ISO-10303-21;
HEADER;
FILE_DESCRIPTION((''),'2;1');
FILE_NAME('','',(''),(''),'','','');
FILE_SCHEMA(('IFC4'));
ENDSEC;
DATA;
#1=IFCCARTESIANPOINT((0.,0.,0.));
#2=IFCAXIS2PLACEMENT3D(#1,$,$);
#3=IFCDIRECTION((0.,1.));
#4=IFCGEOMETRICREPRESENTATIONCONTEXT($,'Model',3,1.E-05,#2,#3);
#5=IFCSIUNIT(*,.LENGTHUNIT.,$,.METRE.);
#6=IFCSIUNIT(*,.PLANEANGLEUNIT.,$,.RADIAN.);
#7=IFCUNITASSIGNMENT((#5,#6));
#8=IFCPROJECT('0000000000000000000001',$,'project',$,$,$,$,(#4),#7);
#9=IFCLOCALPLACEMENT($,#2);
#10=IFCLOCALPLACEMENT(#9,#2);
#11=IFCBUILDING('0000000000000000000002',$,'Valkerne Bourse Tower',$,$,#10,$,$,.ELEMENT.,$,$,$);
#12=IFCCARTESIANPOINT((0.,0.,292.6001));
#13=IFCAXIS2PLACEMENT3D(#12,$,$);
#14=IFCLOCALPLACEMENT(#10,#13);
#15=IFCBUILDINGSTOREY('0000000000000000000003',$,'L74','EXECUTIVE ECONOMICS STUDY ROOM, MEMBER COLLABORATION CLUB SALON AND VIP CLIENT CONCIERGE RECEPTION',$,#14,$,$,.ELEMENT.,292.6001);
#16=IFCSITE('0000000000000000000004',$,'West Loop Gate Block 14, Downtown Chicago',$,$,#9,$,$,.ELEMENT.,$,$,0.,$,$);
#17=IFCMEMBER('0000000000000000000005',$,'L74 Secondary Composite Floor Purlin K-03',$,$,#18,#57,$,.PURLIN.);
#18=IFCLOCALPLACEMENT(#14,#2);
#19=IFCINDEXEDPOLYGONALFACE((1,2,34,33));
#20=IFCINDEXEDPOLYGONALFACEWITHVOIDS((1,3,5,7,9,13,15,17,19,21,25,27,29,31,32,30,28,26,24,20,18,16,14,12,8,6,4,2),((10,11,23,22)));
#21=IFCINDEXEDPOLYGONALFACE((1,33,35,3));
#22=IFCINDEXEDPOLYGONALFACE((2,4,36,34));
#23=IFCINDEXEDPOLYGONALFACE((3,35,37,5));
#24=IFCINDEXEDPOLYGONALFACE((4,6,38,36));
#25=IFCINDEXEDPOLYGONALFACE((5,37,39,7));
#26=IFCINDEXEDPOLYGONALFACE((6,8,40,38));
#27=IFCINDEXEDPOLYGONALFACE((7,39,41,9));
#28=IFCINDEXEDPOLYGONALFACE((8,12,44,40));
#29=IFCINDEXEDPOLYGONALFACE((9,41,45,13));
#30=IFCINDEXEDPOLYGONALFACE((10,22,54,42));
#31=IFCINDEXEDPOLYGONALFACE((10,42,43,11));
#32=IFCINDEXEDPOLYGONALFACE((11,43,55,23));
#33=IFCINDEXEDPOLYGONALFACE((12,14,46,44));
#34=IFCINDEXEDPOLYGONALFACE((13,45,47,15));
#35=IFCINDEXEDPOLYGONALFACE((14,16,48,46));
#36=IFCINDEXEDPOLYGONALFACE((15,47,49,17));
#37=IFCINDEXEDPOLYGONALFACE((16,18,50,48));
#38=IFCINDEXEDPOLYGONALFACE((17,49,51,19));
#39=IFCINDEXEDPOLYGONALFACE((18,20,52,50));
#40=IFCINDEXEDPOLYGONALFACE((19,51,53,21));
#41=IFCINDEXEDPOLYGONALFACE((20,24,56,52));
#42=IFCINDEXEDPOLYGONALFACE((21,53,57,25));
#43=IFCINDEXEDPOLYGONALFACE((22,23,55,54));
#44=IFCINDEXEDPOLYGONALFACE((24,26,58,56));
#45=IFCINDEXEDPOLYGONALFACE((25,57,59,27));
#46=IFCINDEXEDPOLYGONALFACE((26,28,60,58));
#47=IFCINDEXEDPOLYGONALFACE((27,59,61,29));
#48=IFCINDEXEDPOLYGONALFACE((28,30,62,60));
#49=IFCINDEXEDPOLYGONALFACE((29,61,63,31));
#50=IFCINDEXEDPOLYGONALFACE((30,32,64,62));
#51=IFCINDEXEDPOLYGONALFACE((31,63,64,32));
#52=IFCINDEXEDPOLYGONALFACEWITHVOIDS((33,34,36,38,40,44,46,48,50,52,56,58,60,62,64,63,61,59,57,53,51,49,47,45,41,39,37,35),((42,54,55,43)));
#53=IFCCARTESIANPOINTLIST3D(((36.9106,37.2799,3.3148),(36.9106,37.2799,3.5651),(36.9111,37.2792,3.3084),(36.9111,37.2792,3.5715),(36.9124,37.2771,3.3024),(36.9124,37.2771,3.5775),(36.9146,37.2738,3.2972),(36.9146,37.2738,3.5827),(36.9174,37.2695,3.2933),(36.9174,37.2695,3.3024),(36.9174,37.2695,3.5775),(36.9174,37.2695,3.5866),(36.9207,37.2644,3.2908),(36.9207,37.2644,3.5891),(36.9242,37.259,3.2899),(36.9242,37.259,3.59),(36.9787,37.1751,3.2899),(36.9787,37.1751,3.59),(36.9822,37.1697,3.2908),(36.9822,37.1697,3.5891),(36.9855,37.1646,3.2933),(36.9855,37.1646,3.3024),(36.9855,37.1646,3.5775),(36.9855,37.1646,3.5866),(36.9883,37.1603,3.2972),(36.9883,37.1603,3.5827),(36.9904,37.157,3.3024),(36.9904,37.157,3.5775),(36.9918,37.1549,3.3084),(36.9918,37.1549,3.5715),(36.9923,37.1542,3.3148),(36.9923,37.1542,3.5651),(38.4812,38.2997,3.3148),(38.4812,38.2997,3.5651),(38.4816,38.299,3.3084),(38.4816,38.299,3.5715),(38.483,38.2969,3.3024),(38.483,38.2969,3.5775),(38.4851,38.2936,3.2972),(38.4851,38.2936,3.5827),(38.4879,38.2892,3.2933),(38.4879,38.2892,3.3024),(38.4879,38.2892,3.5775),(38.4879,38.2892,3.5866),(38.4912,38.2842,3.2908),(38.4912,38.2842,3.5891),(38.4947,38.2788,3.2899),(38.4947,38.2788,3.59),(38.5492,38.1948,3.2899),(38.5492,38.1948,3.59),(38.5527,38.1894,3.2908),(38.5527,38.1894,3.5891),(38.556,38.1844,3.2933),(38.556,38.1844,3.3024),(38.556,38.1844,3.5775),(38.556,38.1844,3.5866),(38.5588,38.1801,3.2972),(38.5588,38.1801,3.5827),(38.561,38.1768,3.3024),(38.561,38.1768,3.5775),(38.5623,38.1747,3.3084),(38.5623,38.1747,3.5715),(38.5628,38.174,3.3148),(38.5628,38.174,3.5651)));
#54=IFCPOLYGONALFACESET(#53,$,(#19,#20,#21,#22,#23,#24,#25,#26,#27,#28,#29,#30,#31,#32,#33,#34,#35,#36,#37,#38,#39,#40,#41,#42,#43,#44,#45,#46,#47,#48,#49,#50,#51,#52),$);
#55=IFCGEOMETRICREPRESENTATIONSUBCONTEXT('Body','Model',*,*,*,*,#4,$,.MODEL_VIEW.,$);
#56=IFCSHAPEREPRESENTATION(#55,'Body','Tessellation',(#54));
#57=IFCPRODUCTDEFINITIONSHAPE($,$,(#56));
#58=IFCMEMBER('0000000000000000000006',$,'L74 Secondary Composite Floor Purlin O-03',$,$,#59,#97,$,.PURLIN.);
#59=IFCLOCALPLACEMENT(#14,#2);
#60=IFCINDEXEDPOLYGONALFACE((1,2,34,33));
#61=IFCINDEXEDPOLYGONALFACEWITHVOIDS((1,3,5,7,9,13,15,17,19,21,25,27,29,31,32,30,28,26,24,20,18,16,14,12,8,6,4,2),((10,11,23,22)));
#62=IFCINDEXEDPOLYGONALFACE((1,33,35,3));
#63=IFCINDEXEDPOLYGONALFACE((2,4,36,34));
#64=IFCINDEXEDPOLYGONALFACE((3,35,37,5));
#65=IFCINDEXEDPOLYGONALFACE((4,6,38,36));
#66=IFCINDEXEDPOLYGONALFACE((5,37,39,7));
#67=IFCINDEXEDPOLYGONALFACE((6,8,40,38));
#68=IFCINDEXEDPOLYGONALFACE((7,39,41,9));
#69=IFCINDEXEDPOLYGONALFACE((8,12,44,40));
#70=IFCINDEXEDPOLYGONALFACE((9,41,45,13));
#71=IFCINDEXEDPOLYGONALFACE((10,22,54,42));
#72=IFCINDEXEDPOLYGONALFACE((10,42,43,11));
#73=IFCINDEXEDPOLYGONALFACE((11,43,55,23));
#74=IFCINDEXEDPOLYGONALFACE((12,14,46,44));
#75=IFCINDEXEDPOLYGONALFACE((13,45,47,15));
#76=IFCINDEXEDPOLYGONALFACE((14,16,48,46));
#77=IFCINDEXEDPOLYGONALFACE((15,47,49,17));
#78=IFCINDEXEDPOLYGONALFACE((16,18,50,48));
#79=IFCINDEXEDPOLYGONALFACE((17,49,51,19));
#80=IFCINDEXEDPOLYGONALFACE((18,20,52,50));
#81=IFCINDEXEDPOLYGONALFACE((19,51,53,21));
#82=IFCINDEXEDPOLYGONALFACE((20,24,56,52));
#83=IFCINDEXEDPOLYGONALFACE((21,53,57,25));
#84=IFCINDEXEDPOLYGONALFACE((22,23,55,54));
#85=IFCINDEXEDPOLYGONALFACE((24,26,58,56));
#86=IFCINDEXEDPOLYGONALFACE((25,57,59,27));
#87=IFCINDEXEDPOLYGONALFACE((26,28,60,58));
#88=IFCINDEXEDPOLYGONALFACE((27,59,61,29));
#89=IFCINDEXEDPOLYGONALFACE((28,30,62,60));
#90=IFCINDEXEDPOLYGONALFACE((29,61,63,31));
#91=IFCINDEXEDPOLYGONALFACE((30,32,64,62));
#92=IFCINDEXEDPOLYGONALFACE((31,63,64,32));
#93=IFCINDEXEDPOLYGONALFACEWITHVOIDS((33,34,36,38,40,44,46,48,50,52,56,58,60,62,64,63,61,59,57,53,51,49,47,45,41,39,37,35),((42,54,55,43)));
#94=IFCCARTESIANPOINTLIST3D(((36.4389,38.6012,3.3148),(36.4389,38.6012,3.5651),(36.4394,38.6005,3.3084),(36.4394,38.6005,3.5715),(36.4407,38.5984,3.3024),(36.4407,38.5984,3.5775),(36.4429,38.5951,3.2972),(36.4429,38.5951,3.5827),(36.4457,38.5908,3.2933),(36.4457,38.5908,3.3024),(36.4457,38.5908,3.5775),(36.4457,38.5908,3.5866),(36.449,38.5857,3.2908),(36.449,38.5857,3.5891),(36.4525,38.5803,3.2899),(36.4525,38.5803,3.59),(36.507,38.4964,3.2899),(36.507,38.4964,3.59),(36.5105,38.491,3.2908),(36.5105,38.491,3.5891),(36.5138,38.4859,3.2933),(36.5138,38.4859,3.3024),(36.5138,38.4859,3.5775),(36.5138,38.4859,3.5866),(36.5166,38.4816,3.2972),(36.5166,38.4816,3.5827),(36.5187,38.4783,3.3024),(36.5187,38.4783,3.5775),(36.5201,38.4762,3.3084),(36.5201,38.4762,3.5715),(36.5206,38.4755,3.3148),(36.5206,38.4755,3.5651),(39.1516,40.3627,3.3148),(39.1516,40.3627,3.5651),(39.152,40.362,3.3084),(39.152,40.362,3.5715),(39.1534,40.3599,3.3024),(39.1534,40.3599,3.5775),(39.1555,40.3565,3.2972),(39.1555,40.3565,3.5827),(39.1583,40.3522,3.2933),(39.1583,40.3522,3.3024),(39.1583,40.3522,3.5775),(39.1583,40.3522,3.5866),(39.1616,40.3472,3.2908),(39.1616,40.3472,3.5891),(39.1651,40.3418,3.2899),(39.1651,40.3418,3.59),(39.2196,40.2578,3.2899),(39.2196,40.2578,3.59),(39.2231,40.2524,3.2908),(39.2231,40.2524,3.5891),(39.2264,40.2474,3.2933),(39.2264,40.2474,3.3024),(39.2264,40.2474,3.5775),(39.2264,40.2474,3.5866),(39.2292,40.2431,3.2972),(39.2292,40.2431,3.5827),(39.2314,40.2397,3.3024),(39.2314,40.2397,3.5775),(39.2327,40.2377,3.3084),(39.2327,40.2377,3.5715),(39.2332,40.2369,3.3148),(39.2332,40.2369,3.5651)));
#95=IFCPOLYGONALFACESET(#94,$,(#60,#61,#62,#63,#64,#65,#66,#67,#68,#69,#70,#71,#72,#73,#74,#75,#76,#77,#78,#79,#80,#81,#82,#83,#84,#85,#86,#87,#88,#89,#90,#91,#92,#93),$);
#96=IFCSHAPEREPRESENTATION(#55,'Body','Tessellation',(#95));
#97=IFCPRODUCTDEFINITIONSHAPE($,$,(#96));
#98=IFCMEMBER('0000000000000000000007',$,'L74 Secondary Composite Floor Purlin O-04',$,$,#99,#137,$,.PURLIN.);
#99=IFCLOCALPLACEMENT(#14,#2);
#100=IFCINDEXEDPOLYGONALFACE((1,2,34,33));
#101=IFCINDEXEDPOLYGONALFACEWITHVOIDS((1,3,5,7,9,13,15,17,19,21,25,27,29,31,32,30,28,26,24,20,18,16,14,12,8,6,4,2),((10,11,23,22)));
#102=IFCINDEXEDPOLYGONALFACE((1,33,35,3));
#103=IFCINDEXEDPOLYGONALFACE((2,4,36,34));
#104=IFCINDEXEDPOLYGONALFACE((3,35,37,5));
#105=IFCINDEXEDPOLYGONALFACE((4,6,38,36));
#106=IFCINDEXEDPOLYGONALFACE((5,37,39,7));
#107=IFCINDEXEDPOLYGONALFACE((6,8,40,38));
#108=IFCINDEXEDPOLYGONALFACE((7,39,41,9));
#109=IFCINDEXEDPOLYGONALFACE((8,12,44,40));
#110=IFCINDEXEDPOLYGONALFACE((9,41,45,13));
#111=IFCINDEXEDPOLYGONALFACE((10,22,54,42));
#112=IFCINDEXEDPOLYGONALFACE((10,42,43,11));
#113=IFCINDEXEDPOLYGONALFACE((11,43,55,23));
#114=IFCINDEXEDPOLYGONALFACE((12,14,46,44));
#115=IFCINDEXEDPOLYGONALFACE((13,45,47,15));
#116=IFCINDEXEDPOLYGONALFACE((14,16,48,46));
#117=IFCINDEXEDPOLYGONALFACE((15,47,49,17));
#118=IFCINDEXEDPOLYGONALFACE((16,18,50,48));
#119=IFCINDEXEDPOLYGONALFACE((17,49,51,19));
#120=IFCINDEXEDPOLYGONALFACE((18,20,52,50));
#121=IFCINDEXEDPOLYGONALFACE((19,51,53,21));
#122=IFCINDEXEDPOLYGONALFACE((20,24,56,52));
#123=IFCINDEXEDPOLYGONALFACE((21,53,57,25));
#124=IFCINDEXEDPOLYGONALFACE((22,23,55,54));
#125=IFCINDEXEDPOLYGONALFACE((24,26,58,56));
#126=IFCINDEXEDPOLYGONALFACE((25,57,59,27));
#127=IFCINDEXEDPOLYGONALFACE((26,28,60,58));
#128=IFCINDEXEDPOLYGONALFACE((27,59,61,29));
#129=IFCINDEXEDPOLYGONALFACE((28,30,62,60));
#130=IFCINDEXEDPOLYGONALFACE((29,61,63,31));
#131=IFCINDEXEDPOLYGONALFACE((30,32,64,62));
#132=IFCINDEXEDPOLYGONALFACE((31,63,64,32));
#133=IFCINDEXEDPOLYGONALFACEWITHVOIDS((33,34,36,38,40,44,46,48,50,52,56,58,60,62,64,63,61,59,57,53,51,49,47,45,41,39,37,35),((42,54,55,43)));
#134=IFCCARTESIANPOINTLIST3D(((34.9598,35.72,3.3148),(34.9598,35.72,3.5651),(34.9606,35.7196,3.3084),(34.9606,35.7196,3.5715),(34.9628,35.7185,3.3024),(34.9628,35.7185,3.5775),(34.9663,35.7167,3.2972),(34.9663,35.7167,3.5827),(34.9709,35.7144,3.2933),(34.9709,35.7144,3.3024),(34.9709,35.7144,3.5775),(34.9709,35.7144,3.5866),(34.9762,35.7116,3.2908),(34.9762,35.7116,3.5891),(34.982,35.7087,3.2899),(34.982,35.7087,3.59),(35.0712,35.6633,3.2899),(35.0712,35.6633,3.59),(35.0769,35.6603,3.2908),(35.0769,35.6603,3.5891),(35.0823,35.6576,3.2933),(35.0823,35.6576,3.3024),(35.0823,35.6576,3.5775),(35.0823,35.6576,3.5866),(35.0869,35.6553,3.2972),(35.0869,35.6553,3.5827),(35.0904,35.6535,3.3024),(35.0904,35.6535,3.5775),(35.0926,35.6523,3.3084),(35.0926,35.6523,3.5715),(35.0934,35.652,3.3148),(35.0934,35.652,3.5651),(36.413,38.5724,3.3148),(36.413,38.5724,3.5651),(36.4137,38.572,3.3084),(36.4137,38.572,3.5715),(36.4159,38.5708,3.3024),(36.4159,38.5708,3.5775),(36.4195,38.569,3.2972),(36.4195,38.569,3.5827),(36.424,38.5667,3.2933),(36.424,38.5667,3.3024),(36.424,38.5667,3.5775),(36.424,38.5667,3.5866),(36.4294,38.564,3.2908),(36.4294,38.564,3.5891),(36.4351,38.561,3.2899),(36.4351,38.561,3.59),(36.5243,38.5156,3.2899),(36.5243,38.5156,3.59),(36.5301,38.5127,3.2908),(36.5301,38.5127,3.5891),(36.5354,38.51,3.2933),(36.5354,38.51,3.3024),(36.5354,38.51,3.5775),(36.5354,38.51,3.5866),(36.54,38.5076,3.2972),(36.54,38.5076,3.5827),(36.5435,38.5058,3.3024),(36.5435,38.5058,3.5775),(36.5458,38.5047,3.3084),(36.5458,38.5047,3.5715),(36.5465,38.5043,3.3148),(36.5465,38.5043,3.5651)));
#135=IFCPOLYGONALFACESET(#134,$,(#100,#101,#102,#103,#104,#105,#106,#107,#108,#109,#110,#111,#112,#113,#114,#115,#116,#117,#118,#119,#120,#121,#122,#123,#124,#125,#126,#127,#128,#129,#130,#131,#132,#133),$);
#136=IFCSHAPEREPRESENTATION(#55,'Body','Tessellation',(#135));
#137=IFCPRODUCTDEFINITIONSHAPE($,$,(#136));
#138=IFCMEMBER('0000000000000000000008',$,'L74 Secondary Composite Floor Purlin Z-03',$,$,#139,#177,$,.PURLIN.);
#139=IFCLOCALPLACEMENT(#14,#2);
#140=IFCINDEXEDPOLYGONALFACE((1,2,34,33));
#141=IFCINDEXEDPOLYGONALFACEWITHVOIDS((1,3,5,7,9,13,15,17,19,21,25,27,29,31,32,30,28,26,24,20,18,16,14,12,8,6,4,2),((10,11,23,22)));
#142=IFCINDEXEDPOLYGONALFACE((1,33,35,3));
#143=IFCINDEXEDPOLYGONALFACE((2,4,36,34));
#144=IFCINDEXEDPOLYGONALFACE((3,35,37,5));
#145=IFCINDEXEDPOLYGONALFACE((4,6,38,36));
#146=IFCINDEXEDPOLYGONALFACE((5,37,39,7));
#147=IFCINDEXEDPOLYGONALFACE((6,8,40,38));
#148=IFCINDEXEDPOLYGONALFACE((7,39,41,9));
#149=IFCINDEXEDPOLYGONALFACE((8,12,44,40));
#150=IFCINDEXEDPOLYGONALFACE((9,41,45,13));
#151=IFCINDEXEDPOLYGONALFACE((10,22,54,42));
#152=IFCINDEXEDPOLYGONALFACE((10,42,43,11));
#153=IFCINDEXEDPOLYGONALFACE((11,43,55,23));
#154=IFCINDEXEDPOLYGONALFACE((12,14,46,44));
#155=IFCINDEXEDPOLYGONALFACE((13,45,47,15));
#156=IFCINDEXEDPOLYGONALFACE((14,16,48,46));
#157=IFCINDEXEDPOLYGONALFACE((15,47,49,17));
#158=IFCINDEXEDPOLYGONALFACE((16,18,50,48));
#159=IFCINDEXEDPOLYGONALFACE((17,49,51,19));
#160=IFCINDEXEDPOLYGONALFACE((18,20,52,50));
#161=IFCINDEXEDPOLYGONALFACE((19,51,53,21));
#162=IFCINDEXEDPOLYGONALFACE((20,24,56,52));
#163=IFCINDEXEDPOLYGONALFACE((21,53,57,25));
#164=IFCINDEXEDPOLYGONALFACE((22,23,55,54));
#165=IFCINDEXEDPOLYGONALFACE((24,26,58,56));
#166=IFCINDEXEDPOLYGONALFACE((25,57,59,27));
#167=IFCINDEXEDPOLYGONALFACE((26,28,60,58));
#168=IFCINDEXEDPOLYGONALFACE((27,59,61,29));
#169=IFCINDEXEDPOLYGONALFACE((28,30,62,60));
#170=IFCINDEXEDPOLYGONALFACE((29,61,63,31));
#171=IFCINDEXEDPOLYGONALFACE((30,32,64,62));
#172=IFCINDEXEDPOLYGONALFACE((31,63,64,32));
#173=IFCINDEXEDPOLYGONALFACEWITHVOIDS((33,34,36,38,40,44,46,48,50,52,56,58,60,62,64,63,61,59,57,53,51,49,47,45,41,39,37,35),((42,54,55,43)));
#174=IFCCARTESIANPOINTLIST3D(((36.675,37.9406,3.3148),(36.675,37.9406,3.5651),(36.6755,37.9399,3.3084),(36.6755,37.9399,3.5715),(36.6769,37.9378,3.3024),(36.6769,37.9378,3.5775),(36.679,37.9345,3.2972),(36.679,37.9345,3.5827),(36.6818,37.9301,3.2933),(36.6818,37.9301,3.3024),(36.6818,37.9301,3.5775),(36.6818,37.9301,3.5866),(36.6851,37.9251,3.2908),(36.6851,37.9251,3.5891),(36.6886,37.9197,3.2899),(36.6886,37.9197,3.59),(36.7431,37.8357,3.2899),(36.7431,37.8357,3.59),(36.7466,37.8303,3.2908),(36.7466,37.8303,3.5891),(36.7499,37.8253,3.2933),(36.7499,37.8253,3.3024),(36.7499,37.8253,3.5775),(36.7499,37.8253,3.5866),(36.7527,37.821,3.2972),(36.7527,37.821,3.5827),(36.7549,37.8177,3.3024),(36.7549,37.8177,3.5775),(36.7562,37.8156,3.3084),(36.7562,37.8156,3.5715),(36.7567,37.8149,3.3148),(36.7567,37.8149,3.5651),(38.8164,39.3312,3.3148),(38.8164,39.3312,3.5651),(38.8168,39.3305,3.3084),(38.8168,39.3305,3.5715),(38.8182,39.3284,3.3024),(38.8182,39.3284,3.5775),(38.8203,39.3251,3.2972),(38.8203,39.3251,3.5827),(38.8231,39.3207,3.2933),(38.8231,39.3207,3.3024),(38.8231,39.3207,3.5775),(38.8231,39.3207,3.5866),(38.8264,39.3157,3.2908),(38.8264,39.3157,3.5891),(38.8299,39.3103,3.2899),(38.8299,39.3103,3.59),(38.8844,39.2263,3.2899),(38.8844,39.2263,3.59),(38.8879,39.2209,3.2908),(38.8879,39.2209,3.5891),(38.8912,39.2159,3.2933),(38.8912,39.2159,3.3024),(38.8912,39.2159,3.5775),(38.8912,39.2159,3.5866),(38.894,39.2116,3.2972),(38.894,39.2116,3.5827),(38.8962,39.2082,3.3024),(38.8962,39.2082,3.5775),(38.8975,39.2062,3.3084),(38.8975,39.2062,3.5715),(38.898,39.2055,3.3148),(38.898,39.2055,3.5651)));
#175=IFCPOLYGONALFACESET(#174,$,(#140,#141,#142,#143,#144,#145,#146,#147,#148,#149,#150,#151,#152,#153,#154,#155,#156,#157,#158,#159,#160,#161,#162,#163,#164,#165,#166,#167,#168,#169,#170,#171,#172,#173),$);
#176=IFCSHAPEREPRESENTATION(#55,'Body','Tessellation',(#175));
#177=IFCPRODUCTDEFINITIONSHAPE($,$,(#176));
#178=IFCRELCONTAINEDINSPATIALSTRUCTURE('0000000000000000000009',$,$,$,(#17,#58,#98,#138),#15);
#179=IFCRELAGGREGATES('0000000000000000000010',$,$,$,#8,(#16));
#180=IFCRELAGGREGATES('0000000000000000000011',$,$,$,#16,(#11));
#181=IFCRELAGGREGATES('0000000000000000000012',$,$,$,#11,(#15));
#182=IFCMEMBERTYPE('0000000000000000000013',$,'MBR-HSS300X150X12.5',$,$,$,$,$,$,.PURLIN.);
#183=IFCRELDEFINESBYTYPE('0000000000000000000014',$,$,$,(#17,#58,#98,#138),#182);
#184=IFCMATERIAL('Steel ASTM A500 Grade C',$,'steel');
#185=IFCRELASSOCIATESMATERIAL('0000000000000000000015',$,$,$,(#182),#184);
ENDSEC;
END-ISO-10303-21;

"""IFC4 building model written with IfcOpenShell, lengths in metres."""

from ifc_helpers import new_model, si_unit, direction, frame, origin, origin_2d, place, context, subcontext, project, spatial, hollow_rectangle, extrude, material, material_profile, profile_set, type_object, element, save


model = new_model("IFC4")

# Units and contexts
model_context = context("Model", 3, precision=1e-05, world=origin(), true_north=direction((0.0, 1.0)))
body_context = subcontext(model_context, "Body", "Model", "MODEL_VIEW")
ifc_project = project(units=[si_unit("LENGTHUNIT", "METRE"), si_unit("PLANEANGLEUNIT", "RADIAN")], contexts=[model_context])

# Site, building, storey
site_placement = place(None, origin())
site = spatial("IfcSite", under=ifc_project, at=site_placement, Name="West Loop Gate Block 14, Downtown Chicago", CompositionType="ELEMENT", RefElevation=0.0)
building_placement = place(site_placement, origin())
building = spatial("IfcBuilding", under=site, at=building_placement, Name="Valkerne Bourse Tower", CompositionType="ELEMENT")
storey_placement = place(building_placement, frame((0.0, 0.0, 292.6001)))
storey = spatial("IfcBuildingStorey", under=building, at=storey_placement, Name="L74", Description="EXECUTIVE ECONOMICS STUDY ROOM, MEMBER COLLABORATION CLUB SALON AND VIP CLIENT CONCIERGE RECEPTION", CompositionType="ELEMENT", Elevation=292.6001)

# Members
ifc_material_1 = material(Name="Steel ASTM A500 Grade C", Category="steel")
ifc_material_profile_1 = material_profile(ifc_material_1, hollow_rectangle(XDim=0.1499, YDim=0.3, WallThickness=0.0125, OuterFilletRadius=0.0249, at=origin_2d()), Name="HSS300X150X12.5")
ifc_profile_set_1 = profile_set([ifc_material_profile_1], Name="Steel ASTM A500 Grade C")
member_type_1 = type_object("IfcMemberType", Name="MBR-HSS300X150X12.5", PredefinedType="PURLIN", material=ifc_profile_set_1)
member_1_placement = place(storey_placement, frame((38.522, 38.2368, 3.4399), z_axis=(-0.838709, -0.54458, 0.0), x_axis=(0.54458, -0.838709, 0.0)))
element("IfcMember", 1, at=member_1_placement, inside=storey, type_object=member_type_1, Name="L74 Secondary Composite Floor Purlin K-03", PredefinedType="PURLIN", context=body_context, shape_type="SweptSolid", body=[
    extrude(hollow_rectangle(XDim=0.1499, YDim=0.3, WallThickness=0.0125, OuterFilletRadius=0.0249, at=origin_2d()), origin(), (0.0, 0.0, 1.0), 1.8726),
])
member_2_placement = place(storey_placement, frame((39.1924, 40.2998, 3.4399), z_axis=(-0.83869, -0.544609, 0.0), x_axis=(0.544609, -0.83869, 0.0)))
element("IfcMember", 2, at=member_2_placement, inside=storey, type_object=member_type_1, Name="L74 Secondary Composite Floor Purlin O-03", PredefinedType="PURLIN", context=body_context, shape_type="SweptSolid", body=[
    extrude(hollow_rectangle(XDim=0.1499, YDim=0.3, WallThickness=0.0125, OuterFilletRadius=0.0249, at=origin_2d()), origin(), (0.0, 0.0, 1.0), 3.2344),
])
member_3_placement = place(storey_placement, frame((36.4797, 38.5383, 3.4399), z_axis=(-0.453943, -0.891031, 0.0), x_axis=(0.891031, -0.453943, 0.0)))
element("IfcMember", 3, at=member_3_placement, inside=storey, type_object=member_type_1, Name="L74 Secondary Composite Floor Purlin O-04", PredefinedType="PURLIN", context=body_context, shape_type="SweptSolid", body=[
    extrude(hollow_rectangle(XDim=0.1499, YDim=0.3, WallThickness=0.0125, OuterFilletRadius=0.0249, at=origin_2d()), origin(), (0.0, 0.0, 1.0), 3.2012),
])
member_4_placement = place(storey_placement, frame((38.8572, 39.2683, 3.4399), z_axis=(-0.838669, -0.544642, 0.0), x_axis=(0.544642, -0.838669, 0.0)))
element("IfcMember", 4, at=member_4_placement, inside=storey, type_object=member_type_1, Name="L74 Secondary Composite Floor Purlin Z-03", PredefinedType="PURLIN", context=body_context, shape_type="SweptSolid", body=[
    extrude(hollow_rectangle(XDim=0.1499, YDim=0.3, WallThickness=0.0125, OuterFilletRadius=0.0249, at=origin_2d()), origin(), (0.0, 0.0, 1.0), 2.5532),
])

save(model, "model.ifc")
